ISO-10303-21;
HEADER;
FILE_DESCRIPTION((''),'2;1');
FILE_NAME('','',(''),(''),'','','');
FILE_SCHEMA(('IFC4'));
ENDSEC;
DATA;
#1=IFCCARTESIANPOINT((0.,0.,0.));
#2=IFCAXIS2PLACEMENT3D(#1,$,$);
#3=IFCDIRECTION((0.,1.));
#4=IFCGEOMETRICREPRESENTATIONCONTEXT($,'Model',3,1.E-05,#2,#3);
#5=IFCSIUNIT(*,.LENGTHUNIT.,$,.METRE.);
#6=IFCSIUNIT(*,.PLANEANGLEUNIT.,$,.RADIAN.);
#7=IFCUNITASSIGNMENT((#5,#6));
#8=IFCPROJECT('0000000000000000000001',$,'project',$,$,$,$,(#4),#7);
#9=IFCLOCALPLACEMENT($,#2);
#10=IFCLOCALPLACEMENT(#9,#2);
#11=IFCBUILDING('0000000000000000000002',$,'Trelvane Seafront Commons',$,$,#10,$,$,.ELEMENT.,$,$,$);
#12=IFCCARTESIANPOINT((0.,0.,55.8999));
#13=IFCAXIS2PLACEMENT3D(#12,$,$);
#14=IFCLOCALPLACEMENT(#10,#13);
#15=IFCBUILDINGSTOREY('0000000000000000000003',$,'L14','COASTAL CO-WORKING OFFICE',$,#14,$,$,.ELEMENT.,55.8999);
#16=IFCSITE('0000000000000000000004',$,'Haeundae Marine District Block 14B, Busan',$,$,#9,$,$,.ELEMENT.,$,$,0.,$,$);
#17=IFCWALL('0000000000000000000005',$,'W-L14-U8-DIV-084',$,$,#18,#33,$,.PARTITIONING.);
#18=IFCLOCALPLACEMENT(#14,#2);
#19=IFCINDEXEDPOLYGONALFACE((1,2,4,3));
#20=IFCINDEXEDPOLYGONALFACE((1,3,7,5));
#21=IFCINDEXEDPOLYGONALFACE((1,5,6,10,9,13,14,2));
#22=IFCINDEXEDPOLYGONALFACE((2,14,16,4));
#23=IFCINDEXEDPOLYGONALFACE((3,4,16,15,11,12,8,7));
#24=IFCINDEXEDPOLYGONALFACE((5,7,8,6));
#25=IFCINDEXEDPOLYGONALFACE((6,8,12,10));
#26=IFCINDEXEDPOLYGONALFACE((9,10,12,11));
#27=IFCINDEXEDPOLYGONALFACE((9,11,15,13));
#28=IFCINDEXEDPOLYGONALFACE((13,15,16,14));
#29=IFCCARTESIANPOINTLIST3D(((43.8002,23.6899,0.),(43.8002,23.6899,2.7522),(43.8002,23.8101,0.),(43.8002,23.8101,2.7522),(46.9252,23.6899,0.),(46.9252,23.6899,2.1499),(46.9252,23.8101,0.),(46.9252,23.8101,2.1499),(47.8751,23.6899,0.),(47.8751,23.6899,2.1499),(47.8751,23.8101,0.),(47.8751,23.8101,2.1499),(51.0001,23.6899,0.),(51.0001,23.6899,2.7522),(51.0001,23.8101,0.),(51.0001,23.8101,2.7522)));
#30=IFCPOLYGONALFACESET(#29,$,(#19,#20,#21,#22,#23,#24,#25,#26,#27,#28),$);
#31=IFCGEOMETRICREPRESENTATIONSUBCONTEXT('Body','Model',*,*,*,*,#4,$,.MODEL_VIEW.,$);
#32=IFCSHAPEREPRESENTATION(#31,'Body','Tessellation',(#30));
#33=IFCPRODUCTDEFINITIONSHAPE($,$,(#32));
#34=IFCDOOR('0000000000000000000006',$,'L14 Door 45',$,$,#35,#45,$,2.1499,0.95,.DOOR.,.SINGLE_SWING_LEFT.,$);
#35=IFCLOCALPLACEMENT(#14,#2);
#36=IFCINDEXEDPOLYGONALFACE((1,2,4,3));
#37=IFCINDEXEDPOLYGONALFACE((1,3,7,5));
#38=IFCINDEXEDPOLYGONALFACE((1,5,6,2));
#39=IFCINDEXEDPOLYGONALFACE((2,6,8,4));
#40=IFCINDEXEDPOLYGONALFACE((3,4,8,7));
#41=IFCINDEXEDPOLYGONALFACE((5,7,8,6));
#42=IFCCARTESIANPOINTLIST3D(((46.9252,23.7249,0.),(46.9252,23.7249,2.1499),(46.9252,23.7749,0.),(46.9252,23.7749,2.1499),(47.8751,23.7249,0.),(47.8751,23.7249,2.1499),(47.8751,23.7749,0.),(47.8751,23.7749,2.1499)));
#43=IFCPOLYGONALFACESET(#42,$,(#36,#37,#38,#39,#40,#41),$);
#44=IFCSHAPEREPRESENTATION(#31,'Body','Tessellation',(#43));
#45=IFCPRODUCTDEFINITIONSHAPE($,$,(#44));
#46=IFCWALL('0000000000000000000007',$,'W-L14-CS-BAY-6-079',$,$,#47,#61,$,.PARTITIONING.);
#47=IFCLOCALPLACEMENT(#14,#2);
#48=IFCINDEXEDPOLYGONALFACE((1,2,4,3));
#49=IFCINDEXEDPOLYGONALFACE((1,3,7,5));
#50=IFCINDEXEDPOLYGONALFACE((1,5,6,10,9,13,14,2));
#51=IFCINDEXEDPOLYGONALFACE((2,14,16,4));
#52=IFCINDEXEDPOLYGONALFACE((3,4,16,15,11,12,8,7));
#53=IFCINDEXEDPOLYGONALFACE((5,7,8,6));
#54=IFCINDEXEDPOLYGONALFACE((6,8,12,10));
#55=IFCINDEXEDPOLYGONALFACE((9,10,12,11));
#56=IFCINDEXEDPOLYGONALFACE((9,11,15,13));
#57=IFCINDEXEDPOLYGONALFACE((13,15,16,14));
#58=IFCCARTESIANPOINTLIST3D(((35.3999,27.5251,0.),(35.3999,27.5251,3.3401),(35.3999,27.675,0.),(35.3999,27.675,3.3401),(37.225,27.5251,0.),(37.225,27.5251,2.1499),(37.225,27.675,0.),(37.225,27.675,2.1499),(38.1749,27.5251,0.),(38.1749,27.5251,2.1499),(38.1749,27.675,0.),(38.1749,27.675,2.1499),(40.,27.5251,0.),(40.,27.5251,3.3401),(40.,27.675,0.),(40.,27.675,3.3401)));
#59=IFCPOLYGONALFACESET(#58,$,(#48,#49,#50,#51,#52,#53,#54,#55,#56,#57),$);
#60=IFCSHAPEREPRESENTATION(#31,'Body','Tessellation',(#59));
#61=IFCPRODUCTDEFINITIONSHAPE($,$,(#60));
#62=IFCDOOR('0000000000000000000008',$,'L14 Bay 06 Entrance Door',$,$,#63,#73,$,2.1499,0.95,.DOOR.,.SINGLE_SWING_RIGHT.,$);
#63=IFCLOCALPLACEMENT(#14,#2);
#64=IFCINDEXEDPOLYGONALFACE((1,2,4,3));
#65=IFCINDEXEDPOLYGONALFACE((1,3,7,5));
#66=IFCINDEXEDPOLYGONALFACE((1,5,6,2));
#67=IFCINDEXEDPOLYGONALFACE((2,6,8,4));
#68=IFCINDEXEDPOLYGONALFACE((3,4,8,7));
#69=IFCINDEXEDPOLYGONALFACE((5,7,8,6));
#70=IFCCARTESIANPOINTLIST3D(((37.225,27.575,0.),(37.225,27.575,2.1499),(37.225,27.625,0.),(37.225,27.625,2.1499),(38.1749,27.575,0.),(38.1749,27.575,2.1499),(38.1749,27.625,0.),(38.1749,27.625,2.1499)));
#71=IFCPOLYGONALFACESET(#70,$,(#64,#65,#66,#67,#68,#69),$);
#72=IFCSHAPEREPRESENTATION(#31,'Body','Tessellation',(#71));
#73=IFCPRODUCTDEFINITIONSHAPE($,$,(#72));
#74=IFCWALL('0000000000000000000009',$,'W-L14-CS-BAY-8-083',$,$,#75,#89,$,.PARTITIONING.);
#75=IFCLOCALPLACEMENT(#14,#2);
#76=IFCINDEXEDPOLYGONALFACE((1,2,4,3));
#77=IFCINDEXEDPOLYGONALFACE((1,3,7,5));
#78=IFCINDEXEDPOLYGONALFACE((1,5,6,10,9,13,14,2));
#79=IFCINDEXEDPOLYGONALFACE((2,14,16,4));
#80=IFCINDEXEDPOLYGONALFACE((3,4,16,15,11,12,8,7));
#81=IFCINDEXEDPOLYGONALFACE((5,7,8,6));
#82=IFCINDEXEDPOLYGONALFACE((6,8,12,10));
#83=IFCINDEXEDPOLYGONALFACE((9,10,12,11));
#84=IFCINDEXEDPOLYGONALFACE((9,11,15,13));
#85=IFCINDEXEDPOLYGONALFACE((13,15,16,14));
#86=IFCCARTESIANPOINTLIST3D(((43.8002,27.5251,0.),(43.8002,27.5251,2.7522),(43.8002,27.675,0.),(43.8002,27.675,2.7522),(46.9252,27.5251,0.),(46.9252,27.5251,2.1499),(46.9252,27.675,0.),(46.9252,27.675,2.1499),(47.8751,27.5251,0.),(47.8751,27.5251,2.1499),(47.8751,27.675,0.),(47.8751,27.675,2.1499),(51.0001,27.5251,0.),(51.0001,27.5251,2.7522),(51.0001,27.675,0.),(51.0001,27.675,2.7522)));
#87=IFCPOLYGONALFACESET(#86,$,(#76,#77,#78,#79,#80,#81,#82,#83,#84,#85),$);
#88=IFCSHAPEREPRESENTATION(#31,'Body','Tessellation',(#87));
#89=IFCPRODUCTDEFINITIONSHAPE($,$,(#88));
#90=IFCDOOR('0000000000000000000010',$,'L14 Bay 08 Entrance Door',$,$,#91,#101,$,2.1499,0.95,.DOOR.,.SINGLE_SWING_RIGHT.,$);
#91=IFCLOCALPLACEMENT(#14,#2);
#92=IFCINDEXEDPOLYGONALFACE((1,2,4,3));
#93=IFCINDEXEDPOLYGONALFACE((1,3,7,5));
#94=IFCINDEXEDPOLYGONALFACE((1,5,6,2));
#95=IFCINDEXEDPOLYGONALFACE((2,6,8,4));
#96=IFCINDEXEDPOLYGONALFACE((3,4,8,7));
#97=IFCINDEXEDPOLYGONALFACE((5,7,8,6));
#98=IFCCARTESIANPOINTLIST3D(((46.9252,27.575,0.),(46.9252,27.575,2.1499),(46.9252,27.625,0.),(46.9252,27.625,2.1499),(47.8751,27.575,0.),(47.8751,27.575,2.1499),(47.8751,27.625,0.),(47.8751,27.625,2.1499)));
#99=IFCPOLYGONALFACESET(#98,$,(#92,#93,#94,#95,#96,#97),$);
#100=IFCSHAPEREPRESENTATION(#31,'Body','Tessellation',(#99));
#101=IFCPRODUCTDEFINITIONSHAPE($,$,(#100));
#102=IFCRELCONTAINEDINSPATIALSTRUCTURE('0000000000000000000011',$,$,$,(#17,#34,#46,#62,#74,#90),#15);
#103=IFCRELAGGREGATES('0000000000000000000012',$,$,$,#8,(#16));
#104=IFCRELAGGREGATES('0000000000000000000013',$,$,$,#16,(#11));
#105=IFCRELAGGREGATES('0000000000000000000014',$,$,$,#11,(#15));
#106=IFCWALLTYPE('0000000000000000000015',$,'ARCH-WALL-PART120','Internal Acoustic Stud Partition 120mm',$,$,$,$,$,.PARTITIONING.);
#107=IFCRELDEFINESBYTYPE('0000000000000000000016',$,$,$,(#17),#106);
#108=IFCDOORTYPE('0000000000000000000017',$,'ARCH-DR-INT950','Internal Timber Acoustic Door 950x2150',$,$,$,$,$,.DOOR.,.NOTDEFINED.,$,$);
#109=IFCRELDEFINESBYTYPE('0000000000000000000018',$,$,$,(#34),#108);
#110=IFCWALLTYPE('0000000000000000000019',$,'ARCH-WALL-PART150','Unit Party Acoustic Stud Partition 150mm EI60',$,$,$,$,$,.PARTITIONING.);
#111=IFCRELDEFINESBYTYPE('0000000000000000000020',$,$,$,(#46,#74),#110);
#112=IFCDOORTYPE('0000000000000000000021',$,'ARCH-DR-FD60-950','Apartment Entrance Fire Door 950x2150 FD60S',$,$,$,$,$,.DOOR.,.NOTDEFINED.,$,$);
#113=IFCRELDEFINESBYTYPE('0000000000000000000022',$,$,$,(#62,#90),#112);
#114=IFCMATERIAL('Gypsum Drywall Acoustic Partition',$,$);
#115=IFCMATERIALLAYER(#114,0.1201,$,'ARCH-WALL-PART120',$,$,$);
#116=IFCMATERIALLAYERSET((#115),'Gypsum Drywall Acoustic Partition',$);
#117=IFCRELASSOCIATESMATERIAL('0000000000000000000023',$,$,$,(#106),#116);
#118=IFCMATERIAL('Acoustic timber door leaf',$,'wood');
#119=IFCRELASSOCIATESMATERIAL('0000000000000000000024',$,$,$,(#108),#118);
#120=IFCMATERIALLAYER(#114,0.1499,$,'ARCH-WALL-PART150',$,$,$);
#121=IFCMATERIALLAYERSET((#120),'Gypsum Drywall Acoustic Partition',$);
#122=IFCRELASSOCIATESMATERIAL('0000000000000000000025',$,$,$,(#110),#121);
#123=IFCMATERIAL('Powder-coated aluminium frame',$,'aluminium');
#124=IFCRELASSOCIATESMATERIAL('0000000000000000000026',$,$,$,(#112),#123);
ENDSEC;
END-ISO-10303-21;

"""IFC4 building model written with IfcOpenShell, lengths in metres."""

from ifc_helpers import new_model, si_unit, direction, frame, frame_2d, origin, place, context, subcontext, project, spatial, rectangle, extrude, source, transform, mapped, material, layer, layer_set, type_object, element, fill, save


model = new_model("IFC4")

# Units and contexts
model_context = context("Model", 3, precision=1e-05, world=origin(), true_north=direction((0.0, 1.0)))
body_context = subcontext(model_context, "Body", "Model", "MODEL_VIEW")
ifc_project = project(units=[si_unit("LENGTHUNIT", "METRE"), si_unit("PLANEANGLEUNIT", "RADIAN")], contexts=[model_context])

# Site, building, storey
site_placement = place(None, origin())
site = spatial("IfcSite", under=ifc_project, at=site_placement, Name="Haeundae Marine District Block 14B, Busan", CompositionType="ELEMENT", RefElevation=0.0)
building_placement = place(site_placement, origin())
building = spatial("IfcBuilding", under=site, at=building_placement, Name="Trelvane Seafront Commons", CompositionType="ELEMENT")
storey_placement = place(building_placement, frame((0.0, 0.0, 55.8999)))
storey = spatial("IfcBuildingStorey", under=building, at=storey_placement, Name="L14", Description="COASTAL CO-WORKING OFFICE", CompositionType="ELEMENT", Elevation=55.8999)

# Shared definitions
ifc_material_1 = material(Name="Gypsum Drywall Acoustic Partition")
ifc_layer_1 = layer(ifc_material_1, 0.1201, Name="ARCH-WALL-PART120")
ifc_layer_set_1 = layer_set([ifc_layer_1], Name="Gypsum Drywall Acoustic Partition")
wall_type_1 = type_object("IfcWallType", Name="ARCH-WALL-PART120", Description="Internal Acoustic Stud Partition 120mm", PredefinedType="PARTITIONING", material=ifc_layer_set_1)
ifc_material_2 = material(Name="Acoustic timber door leaf", Category="wood")
door_type_1 = type_object("IfcDoorType", Name="ARCH-DR-INT950", Description="Internal Timber Acoustic Door 950x2150", OperationType="NOTDEFINED", PredefinedType="DOOR", material=ifc_material_2)
shared_shape_1 = source(origin(), body_context, "Body", "SweptSolid", [
    extrude(rectangle(XDim=0.95, YDim=2.1499, at=frame_2d((0.4751, 1.075))), frame((0.0, 0.0249, 0.0), z_axis=(0.0, -1.0, 0.0), x_axis=(1.0, 0.0, 0.0)), (0.0, 0.0, 1.0), 0.05),
])

# Walls, openings, doors
wall_1_placement = place(storey_placement, frame((43.8, 23.75, 0.0), z_axis=(0.0, 0.0, 1.0), x_axis=(1.0, 0.0, 0.0)))
wall_1 = element("IfcWall", 1, at=wall_1_placement, inside=storey, type_object=wall_type_1, Name="W-L14-U8-DIV-084", PredefinedType="PARTITIONING", context=body_context, shape_type="SweptSolid", body=[
    extrude(rectangle(XDim=7.2, YDim=0.1201, at=frame_2d((3.6001, 0.0))), origin(), (0.0, 0.0, 1.0), 2.7522),
])
opening_1_placement = place(wall_1_placement, frame((3.125, 0.0, 0.0)))
opening_1 = element("IfcOpeningElement", 2, at=opening_1_placement, cuts=wall_1, PredefinedType="OPENING", context=body_context, shape_type="SweptSolid", body=[
    extrude(rectangle(XDim=0.95, YDim=2.1499, at=frame_2d((0.4751, 1.075))), frame((0.0, 0.0701, 0.0), z_axis=(0.0, -1.0, 0.0), x_axis=(1.0, 0.0, 0.0)), (0.0, 0.0, 1.0), 0.1401),
])
door_1_placement = place(opening_1_placement, origin())
door_1 = element("IfcDoor", 3, at=door_1_placement, inside=storey, type_object=door_type_1, Name="L14 Door 45", OperationType="SINGLE_SWING_LEFT", OverallHeight=2.1499, OverallWidth=0.95, PredefinedType="DOOR", context=body_context, shape_type="MappedRepresentation", body=[
    mapped(shared_shape_1, transform((0.0, 0.0, 0.0), x_axis=(1.0, 0.0, 0.0), y_axis=(0.0, 1.0, 0.0), z_axis=(0.0, 0.0, 1.0), scale=1.0)),
])
fill(opening_1, door_1)
ifc_layer_2 = layer(ifc_material_1, 0.1499, Name="ARCH-WALL-PART150")
ifc_layer_set_2 = layer_set([ifc_layer_2], Name="Gypsum Drywall Acoustic Partition")
wall_type_2 = type_object("IfcWallType", Name="ARCH-WALL-PART150", Description="Unit Party Acoustic Stud Partition 150mm EI60", PredefinedType="PARTITIONING", material=ifc_layer_set_2)
wall_2_placement = place(storey_placement, frame((35.3999, 27.6001, 0.0), z_axis=(0.0, 0.0, 1.0), x_axis=(1.0, 0.0, 0.0)))
wall_2 = element("IfcWall", 4, at=wall_2_placement, inside=storey, type_object=wall_type_2, Name="W-L14-CS-BAY-6-079", PredefinedType="PARTITIONING", context=body_context, shape_type="SweptSolid", body=[
    extrude(rectangle(XDim=4.6001, YDim=0.1499, at=frame_2d((2.3, 0.0))), origin(), (0.0, 0.0, 1.0), 3.3401),
])
opening_2_placement = place(wall_2_placement, frame((1.825, 0.0, 0.0)))
opening_2 = element("IfcOpeningElement", 5, at=opening_2_placement, cuts=wall_2, PredefinedType="OPENING", context=body_context, shape_type="SweptSolid", body=[
    extrude(rectangle(XDim=0.95, YDim=2.1499, at=frame_2d((0.4751, 1.075))), frame((0.0, 0.085, 0.0), z_axis=(0.0, -1.0, 0.0), x_axis=(1.0, 0.0, 0.0)), (0.0, 0.0, 1.0), 0.1699),
])
ifc_material_3 = material(Name="Powder-coated aluminium frame", Category="aluminium")
door_type_2 = type_object("IfcDoorType", Name="ARCH-DR-FD60-950", Description="Apartment Entrance Fire Door 950x2150 FD60S", OperationType="NOTDEFINED", PredefinedType="DOOR", material=ifc_material_3)
door_2_placement = place(opening_2_placement, origin())
door_2 = element("IfcDoor", 6, at=door_2_placement, inside=storey, type_object=door_type_2, Name="L14 Bay 06 Entrance Door", OperationType="SINGLE_SWING_RIGHT", OverallHeight=2.1499, OverallWidth=0.95, PredefinedType="DOOR", context=body_context, shape_type="MappedRepresentation", body=[
    mapped(shared_shape_1, transform((0.0, 0.0, 0.0), x_axis=(1.0, 0.0, 0.0), y_axis=(0.0, 1.0, 0.0), z_axis=(0.0, 0.0, 1.0), scale=1.0)),
])
fill(opening_2, door_2)
wall_3_placement = place(storey_placement, frame((43.8, 27.6001, 0.0), z_axis=(0.0, 0.0, 1.0), x_axis=(1.0, 0.0, 0.0)))
wall_3 = element("IfcWall", 7, at=wall_3_placement, inside=storey, type_object=wall_type_2, Name="W-L14-CS-BAY-8-083", PredefinedType="PARTITIONING", context=body_context, shape_type="SweptSolid", body=[
    extrude(rectangle(XDim=7.2, YDim=0.1499, at=frame_2d((3.6001, 0.0))), origin(), (0.0, 0.0, 1.0), 2.7522),
])
opening_3_placement = place(wall_3_placement, frame((3.125, 0.0, 0.0)))
opening_3 = element("IfcOpeningElement", 8, at=opening_3_placement, cuts=wall_3, PredefinedType="OPENING", context=body_context, shape_type="SweptSolid", body=[
    extrude(rectangle(XDim=0.95, YDim=2.1499, at=frame_2d((0.4751, 1.075))), frame((0.0, 0.085, 0.0), z_axis=(0.0, -1.0, 0.0), x_axis=(1.0, 0.0, 0.0)), (0.0, 0.0, 1.0), 0.1699),
])
door_3_placement = place(opening_3_placement, origin())
door_3 = element("IfcDoor", 9, at=door_3_placement, inside=storey, type_object=door_type_2, Name="L14 Bay 08 Entrance Door", OperationType="SINGLE_SWING_RIGHT", OverallHeight=2.1499, OverallWidth=0.95, PredefinedType="DOOR", context=body_context, shape_type="MappedRepresentation", body=[
    mapped(shared_shape_1, transform((0.0, 0.0, 0.0), x_axis=(1.0, 0.0, 0.0), y_axis=(0.0, 1.0, 0.0), z_axis=(0.0, 0.0, 1.0), scale=1.0)),
])
fill(opening_3, door_3)

save(model, "model.ifc")
